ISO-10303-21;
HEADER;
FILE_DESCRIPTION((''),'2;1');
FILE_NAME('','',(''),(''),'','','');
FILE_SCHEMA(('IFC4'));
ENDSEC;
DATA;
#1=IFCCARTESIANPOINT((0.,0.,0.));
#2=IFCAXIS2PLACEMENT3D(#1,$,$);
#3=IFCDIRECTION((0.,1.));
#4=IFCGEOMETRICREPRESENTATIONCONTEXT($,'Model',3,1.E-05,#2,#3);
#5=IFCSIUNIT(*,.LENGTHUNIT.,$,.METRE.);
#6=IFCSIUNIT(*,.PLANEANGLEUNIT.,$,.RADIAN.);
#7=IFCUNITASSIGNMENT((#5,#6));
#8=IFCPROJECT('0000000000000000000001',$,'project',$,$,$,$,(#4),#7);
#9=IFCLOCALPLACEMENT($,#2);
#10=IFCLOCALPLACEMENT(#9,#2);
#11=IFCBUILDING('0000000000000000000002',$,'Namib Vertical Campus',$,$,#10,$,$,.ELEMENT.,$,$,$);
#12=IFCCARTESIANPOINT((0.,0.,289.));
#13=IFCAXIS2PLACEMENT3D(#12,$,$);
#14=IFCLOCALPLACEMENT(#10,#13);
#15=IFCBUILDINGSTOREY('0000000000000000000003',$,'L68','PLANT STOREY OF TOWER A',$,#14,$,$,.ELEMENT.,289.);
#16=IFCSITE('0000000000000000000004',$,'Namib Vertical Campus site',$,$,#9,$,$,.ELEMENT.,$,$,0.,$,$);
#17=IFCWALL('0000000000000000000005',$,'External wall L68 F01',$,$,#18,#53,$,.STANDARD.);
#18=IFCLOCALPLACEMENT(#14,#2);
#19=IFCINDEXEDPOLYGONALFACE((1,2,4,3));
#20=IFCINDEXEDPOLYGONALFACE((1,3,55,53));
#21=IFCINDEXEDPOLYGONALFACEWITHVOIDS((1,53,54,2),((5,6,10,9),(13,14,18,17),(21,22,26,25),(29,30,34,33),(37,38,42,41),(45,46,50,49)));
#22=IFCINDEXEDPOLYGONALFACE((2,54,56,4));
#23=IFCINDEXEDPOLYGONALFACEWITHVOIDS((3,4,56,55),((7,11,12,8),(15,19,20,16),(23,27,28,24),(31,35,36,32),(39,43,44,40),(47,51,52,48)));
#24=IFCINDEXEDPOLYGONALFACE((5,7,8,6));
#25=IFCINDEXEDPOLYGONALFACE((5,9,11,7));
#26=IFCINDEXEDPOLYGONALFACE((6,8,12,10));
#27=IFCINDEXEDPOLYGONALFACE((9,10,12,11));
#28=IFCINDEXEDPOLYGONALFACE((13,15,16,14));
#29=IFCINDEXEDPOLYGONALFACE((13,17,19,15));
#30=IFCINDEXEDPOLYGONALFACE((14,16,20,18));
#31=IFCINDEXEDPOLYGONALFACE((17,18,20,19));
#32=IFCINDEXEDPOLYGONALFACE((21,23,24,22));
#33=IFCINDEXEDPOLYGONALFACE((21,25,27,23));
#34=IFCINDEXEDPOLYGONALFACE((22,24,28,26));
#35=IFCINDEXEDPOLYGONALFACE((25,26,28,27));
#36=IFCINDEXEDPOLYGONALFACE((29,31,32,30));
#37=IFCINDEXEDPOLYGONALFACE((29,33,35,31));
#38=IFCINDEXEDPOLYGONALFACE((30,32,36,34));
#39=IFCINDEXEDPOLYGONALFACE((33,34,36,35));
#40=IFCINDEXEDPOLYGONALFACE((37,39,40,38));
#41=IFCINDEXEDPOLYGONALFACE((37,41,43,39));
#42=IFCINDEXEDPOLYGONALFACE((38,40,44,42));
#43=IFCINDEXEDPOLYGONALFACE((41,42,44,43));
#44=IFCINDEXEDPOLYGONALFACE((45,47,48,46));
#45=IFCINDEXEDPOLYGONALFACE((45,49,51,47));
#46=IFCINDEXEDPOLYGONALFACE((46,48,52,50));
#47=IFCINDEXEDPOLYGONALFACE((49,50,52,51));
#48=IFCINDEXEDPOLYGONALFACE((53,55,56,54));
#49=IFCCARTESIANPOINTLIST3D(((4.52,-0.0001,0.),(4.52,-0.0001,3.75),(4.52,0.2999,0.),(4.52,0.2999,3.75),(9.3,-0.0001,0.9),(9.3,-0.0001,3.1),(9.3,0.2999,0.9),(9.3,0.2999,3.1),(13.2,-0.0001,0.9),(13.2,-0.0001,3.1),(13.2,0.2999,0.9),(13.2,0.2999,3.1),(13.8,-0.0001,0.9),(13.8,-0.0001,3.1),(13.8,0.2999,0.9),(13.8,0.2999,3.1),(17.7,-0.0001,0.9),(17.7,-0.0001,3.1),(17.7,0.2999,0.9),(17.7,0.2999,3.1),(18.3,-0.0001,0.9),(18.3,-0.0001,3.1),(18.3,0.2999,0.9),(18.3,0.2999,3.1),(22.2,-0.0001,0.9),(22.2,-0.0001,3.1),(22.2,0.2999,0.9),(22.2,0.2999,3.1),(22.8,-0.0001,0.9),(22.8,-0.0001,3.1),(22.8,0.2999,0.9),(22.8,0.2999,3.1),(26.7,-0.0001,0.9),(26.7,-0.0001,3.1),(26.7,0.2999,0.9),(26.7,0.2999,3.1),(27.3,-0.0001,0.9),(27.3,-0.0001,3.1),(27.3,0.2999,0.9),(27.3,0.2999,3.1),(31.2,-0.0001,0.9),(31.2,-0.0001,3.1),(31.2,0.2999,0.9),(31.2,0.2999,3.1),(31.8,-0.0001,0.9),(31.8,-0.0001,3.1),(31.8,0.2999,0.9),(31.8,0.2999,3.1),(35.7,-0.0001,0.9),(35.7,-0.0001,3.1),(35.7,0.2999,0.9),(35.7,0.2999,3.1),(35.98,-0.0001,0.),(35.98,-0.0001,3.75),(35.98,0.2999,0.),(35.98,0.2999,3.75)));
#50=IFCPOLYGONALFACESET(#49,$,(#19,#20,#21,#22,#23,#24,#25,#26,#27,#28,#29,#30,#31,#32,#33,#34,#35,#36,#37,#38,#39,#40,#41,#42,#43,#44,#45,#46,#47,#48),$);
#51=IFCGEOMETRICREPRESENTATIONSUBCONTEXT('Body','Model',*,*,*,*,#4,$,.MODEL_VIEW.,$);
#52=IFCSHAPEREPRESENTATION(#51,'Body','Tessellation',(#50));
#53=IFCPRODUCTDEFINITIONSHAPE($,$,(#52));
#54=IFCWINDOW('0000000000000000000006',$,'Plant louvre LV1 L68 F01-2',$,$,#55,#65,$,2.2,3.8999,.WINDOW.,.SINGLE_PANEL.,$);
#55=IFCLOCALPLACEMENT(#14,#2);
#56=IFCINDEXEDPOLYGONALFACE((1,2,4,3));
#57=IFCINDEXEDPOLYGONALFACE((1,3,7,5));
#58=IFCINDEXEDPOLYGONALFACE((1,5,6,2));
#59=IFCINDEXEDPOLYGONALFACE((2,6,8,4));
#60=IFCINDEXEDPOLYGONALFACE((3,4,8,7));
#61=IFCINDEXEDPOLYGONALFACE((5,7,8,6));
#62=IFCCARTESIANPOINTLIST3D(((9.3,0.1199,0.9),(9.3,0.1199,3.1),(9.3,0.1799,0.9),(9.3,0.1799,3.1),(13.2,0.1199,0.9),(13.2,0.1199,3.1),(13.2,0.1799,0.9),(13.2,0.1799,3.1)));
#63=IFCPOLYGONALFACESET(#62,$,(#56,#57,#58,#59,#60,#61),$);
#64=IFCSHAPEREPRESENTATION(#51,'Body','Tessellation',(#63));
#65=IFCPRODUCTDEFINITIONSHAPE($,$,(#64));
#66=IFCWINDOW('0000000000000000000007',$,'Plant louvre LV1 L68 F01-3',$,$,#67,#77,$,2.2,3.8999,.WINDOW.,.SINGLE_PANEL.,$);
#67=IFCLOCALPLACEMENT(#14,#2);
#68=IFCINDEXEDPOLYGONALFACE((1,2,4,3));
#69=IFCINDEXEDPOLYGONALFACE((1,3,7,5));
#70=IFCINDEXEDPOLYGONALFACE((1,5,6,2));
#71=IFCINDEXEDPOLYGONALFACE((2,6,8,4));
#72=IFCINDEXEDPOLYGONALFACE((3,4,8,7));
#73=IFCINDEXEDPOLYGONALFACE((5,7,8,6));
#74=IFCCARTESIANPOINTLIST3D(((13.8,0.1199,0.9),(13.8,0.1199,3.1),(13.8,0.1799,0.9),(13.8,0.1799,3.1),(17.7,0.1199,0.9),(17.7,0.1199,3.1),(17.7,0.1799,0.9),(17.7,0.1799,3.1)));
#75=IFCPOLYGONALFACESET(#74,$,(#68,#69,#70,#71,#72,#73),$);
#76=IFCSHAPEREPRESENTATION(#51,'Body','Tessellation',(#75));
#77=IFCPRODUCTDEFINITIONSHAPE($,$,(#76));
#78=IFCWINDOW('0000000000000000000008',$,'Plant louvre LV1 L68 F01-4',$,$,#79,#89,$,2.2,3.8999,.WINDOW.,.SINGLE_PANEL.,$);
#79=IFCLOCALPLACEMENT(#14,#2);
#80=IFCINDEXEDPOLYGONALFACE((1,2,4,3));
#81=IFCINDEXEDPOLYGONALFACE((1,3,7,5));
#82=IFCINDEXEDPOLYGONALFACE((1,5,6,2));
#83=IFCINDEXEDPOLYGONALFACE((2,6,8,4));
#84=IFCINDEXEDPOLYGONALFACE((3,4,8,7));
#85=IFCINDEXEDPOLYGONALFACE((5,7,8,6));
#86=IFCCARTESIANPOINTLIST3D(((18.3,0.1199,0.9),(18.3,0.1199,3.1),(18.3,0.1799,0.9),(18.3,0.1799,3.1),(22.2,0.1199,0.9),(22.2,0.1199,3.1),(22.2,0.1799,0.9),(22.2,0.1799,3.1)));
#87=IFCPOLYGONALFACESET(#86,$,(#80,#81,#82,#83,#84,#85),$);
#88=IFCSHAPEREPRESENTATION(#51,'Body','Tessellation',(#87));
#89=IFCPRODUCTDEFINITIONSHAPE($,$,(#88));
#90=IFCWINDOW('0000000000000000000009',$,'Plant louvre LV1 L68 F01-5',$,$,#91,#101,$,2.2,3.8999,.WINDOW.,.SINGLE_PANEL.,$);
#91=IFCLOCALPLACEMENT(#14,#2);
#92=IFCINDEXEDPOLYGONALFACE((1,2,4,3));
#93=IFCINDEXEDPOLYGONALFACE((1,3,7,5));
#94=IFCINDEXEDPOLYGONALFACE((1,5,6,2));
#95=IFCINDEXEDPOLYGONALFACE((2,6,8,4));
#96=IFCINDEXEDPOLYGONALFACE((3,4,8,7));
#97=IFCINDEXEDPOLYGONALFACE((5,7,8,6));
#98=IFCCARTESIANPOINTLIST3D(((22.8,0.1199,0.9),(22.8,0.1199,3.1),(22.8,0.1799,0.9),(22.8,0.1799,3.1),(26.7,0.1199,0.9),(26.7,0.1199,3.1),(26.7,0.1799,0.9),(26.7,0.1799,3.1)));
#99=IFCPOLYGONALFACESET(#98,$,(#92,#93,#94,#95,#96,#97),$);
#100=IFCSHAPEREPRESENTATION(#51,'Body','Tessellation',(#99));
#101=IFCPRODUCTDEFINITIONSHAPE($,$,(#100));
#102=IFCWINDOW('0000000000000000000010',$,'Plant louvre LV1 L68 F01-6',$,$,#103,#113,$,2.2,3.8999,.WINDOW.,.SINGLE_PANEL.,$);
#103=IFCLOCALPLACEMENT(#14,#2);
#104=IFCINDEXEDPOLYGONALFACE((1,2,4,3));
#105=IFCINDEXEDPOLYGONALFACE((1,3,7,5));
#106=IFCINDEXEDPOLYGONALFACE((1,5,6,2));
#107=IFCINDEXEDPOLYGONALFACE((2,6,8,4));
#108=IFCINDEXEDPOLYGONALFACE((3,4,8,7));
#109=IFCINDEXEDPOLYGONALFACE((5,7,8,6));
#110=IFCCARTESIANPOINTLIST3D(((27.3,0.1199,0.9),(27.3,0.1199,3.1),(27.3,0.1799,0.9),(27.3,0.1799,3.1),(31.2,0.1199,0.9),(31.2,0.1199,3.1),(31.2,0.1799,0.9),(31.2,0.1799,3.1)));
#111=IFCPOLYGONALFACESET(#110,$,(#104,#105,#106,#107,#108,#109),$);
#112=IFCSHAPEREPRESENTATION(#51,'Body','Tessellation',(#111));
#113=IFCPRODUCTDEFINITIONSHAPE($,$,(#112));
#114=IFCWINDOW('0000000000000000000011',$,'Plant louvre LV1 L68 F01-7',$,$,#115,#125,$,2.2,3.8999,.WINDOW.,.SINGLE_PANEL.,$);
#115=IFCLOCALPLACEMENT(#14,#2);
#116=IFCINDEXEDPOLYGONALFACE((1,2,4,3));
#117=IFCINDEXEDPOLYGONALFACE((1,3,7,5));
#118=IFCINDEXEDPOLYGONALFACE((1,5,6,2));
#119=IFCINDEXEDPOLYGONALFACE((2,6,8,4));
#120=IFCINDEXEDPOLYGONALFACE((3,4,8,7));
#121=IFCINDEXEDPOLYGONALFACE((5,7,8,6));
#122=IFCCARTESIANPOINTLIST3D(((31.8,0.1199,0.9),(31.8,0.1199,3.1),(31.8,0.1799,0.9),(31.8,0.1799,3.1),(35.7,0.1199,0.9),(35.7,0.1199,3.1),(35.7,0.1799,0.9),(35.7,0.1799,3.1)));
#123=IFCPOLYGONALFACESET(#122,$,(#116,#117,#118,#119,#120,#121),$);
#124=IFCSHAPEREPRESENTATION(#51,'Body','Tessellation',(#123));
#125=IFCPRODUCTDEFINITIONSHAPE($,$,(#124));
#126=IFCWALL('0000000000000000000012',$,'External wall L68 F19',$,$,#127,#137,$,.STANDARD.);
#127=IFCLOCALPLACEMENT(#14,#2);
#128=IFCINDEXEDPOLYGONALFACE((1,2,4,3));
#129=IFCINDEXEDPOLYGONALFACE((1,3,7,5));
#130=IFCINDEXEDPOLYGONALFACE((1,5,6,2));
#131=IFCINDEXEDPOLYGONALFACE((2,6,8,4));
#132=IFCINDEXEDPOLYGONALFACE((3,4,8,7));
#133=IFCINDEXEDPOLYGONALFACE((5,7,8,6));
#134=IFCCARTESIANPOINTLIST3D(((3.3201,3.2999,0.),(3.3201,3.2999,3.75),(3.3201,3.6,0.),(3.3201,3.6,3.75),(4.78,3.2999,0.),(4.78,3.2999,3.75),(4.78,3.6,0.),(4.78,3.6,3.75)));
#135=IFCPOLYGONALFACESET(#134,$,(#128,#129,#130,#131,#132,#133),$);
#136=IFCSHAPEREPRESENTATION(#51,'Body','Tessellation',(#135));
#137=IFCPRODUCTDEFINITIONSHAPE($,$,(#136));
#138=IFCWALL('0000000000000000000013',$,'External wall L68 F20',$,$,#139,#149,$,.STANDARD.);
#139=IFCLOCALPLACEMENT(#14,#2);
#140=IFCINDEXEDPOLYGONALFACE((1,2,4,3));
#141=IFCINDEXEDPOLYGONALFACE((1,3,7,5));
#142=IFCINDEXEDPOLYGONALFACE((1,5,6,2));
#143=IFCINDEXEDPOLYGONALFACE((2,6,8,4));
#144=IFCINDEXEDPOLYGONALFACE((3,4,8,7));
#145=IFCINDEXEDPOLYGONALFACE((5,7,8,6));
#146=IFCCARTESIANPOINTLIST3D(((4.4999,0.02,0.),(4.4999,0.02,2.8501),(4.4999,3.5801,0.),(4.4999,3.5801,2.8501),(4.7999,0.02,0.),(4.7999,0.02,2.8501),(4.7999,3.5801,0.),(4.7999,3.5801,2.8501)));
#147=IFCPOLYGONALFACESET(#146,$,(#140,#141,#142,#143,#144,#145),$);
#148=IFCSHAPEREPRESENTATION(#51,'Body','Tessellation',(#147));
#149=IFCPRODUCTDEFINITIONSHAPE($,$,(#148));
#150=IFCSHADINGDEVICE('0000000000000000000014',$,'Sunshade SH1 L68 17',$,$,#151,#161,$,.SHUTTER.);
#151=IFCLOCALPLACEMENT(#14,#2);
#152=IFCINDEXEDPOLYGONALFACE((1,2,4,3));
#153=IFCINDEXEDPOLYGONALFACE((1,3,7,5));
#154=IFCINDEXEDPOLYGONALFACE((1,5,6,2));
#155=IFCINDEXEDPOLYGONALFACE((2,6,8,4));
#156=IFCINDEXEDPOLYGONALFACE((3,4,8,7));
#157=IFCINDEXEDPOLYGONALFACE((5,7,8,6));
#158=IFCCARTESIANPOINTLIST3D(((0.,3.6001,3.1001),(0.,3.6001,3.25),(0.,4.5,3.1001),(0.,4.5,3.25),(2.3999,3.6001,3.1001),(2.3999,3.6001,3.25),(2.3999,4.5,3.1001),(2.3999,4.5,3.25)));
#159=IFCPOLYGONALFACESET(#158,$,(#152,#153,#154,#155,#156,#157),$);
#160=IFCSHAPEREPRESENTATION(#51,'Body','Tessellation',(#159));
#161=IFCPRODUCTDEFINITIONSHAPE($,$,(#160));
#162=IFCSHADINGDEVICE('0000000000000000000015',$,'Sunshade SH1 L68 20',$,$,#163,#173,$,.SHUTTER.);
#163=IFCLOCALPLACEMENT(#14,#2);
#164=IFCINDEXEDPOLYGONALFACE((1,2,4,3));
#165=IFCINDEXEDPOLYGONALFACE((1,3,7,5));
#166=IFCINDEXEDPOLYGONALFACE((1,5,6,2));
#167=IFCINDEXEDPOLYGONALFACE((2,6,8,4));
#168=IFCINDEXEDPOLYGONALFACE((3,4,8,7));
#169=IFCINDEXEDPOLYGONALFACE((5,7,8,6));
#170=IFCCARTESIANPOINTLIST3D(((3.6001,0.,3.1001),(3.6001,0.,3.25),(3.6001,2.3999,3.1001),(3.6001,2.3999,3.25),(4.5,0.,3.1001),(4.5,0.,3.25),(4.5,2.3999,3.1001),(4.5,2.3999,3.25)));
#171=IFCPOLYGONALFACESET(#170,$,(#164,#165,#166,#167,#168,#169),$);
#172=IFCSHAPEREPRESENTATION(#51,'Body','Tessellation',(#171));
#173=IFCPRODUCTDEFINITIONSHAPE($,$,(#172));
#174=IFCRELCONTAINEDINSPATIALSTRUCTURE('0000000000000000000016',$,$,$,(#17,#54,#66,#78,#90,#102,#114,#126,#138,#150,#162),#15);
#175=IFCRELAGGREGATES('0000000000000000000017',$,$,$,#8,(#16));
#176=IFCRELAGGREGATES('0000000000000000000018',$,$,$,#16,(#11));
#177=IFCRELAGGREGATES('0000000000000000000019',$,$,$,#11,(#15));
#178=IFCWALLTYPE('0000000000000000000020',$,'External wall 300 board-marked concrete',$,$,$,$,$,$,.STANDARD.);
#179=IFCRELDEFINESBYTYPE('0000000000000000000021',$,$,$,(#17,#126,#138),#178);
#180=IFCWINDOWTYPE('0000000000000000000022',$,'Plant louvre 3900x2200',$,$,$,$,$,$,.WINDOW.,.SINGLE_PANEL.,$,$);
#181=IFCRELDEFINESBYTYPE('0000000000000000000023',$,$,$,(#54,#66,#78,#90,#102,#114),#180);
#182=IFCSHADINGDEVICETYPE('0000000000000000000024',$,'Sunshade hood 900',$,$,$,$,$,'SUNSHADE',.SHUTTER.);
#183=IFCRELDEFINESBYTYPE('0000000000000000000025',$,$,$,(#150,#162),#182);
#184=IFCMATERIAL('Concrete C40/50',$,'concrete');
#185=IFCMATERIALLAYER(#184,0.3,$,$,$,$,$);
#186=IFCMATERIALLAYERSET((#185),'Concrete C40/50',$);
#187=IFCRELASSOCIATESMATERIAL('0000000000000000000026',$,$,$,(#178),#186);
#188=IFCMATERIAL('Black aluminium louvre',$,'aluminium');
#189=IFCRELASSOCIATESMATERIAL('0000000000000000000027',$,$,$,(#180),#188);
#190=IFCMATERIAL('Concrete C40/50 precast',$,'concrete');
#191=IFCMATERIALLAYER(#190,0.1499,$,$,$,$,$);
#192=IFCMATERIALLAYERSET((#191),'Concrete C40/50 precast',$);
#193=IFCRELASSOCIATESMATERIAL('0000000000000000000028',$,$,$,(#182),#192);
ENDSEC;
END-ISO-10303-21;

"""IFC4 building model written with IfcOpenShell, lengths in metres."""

from ifc_helpers import new_model, si_unit, direction, frame, frame_2d, origin, origin_2d, place, context, subcontext, project, spatial, rectangle, extrude, material, layer, layer_set, type_object, element, fill, save


model = new_model("IFC4")

# Units and contexts
model_context = context("Model", 3, precision=1e-05, world=origin(), true_north=direction((0.0, 1.0)))
body_context = subcontext(model_context, "Body", "Model", "MODEL_VIEW")
ifc_project = project(units=[si_unit("LENGTHUNIT", "METRE"), si_unit("PLANEANGLEUNIT", "RADIAN")], contexts=[model_context])

# Site, building, storey
site_placement = place(None, origin())
site = spatial("IfcSite", under=ifc_project, at=site_placement, Name="Namib Vertical Campus site", CompositionType="ELEMENT", RefElevation=0.0)
building_placement = place(site_placement, origin())
building = spatial("IfcBuilding", under=site, at=building_placement, Name="Namib Vertical Campus", CompositionType="ELEMENT")
storey_placement = place(building_placement, frame((0.0, 0.0, 289.0)))
storey = spatial("IfcBuildingStorey", under=building, at=storey_placement, Name="L68", Description="PLANT STOREY OF TOWER A", CompositionType="ELEMENT", Elevation=289.0)

# Wall, openings, windows
ifc_material_1 = material(Name="Concrete C40/50", Category="concrete")
ifc_layer_1 = layer(ifc_material_1, 0.3)
ifc_layer_set_1 = layer_set([ifc_layer_1], Name="Concrete C40/50")
wall_type = type_object("IfcWallType", Name="External wall 300 board-marked concrete", PredefinedType="STANDARD", material=ifc_layer_set_1)
wall_1_placement = place(storey_placement, frame((4.52, 0.1499, 0.0), z_axis=(0.0, 0.0, 1.0), x_axis=(1.0, 0.0, 0.0)))
wall_1 = element("IfcWall", 1, at=wall_1_placement, inside=storey, type_object=wall_type, Name="External wall L68 F01", PredefinedType="STANDARD", context=body_context, shape_type="SweptSolid", body=[
    extrude(rectangle(XDim=31.46, YDim=0.3, at=frame_2d((15.73, 0.0))), origin(), (0.0, 0.0, 1.0), 3.75),
])
opening_1_placement = place(wall_1_placement, frame((4.78, 0.0, 0.8999)))
opening_1 = element("IfcOpeningElement", 2, at=opening_1_placement, cuts=wall_1, PredefinedType="OPENING", context=body_context, shape_type="SweptSolid", body=[
    extrude(rectangle(XDim=3.8999, YDim=2.2, at=frame_2d((1.95, 1.1001))), frame((0.0, 0.1599, 0.0), z_axis=(0.0, -1.0, 0.0), x_axis=(1.0, 0.0, 0.0)), (0.0, 0.0, 1.0), 0.3201),
])
opening_2_placement = place(wall_1_placement, frame((9.28, 0.0, 0.8999)))
opening_2 = element("IfcOpeningElement", 3, at=opening_2_placement, cuts=wall_1, PredefinedType="OPENING", context=body_context, shape_type="SweptSolid", body=[
    extrude(rectangle(XDim=3.8999, YDim=2.2, at=frame_2d((1.95, 1.1001))), frame((0.0, 0.1599, 0.0), z_axis=(0.0, -1.0, 0.0), x_axis=(1.0, 0.0, 0.0)), (0.0, 0.0, 1.0), 0.3201),
])
opening_3_placement = place(wall_1_placement, frame((13.78, 0.0, 0.8999)))
opening_3 = element("IfcOpeningElement", 4, at=opening_3_placement, cuts=wall_1, PredefinedType="OPENING", context=body_context, shape_type="SweptSolid", body=[
    extrude(rectangle(XDim=3.8999, YDim=2.2, at=frame_2d((1.95, 1.1001))), frame((0.0, 0.1599, 0.0), z_axis=(0.0, -1.0, 0.0), x_axis=(1.0, 0.0, 0.0)), (0.0, 0.0, 1.0), 0.3201),
])
opening_4_placement = place(wall_1_placement, frame((18.28, 0.0, 0.8999)))
opening_4 = element("IfcOpeningElement", 5, at=opening_4_placement, cuts=wall_1, PredefinedType="OPENING", context=body_context, shape_type="SweptSolid", body=[
    extrude(rectangle(XDim=3.8999, YDim=2.2, at=frame_2d((1.95, 1.1001))), frame((0.0, 0.1599, 0.0), z_axis=(0.0, -1.0, 0.0), x_axis=(1.0, 0.0, 0.0)), (0.0, 0.0, 1.0), 0.3201),
])
opening_5_placement = place(wall_1_placement, frame((22.78, 0.0, 0.8999)))
opening_5 = element("IfcOpeningElement", 6, at=opening_5_placement, cuts=wall_1, PredefinedType="OPENING", context=body_context, shape_type="SweptSolid", body=[
    extrude(rectangle(XDim=3.8999, YDim=2.2, at=frame_2d((1.95, 1.1001))), frame((0.0, 0.1599, 0.0), z_axis=(0.0, -1.0, 0.0), x_axis=(1.0, 0.0, 0.0)), (0.0, 0.0, 1.0), 0.3201),
])
opening_6_placement = place(wall_1_placement, frame((27.28, 0.0, 0.8999)))
opening_6 = element("IfcOpeningElement", 7, at=opening_6_placement, cuts=wall_1, PredefinedType="OPENING", context=body_context, shape_type="SweptSolid", body=[
    extrude(rectangle(XDim=3.8999, YDim=2.2, at=frame_2d((1.95, 1.1001))), frame((0.0, 0.1599, 0.0), z_axis=(0.0, -1.0, 0.0), x_axis=(1.0, 0.0, 0.0)), (0.0, 0.0, 1.0), 0.3201),
])
ifc_material_2 = material(Name="Black aluminium louvre", Category="aluminium")
window_type = type_object("IfcWindowType", Name="Plant louvre 3900x2200", PartitioningType="SINGLE_PANEL", PredefinedType="WINDOW", material=ifc_material_2)
window_1_placement = place(opening_1_placement, origin())
window_1 = element("IfcWindow", 8, at=window_1_placement, inside=storey, type_object=window_type, Name="Plant louvre LV1 L68 F01-2", OverallHeight=2.2, OverallWidth=3.8999, PartitioningType="SINGLE_PANEL", PredefinedType="WINDOW", context=body_context, shape_type="SweptSolid", body=[
    extrude(rectangle(XDim=3.8999, YDim=2.2, at=frame_2d((1.95, 1.1001))), frame((0.0, 0.03, 0.0), z_axis=(0.0, -1.0, 0.0), x_axis=(1.0, 0.0, 0.0)), (0.0, 0.0, 1.0), 0.0601),
])
fill(opening_1, window_1)
window_2_placement = place(opening_2_placement, origin())
window_2 = element("IfcWindow", 9, at=window_2_placement, inside=storey, type_object=window_type, Name="Plant louvre LV1 L68 F01-3", OverallHeight=2.2, OverallWidth=3.8999, PartitioningType="SINGLE_PANEL", PredefinedType="WINDOW", context=body_context, shape_type="SweptSolid", body=[
    extrude(rectangle(XDim=3.8999, YDim=2.2, at=frame_2d((1.95, 1.1001))), frame((0.0, 0.03, 0.0), z_axis=(0.0, -1.0, 0.0), x_axis=(1.0, 0.0, 0.0)), (0.0, 0.0, 1.0), 0.0601),
])
fill(opening_2, window_2)
window_3_placement = place(opening_3_placement, origin())
window_3 = element("IfcWindow", 10, at=window_3_placement, inside=storey, type_object=window_type, Name="Plant louvre LV1 L68 F01-4", OverallHeight=2.2, OverallWidth=3.8999, PartitioningType="SINGLE_PANEL", PredefinedType="WINDOW", context=body_context, shape_type="SweptSolid", body=[
    extrude(rectangle(XDim=3.8999, YDim=2.2, at=frame_2d((1.95, 1.1001))), frame((0.0, 0.03, 0.0), z_axis=(0.0, -1.0, 0.0), x_axis=(1.0, 0.0, 0.0)), (0.0, 0.0, 1.0), 0.0601),
])
fill(opening_3, window_3)
window_4_placement = place(opening_4_placement, origin())
window_4 = element("IfcWindow", 11, at=window_4_placement, inside=storey, type_object=window_type, Name="Plant louvre LV1 L68 F01-5", OverallHeight=2.2, OverallWidth=3.8999, PartitioningType="SINGLE_PANEL", PredefinedType="WINDOW", context=body_context, shape_type="SweptSolid", body=[
    extrude(rectangle(XDim=3.8999, YDim=2.2, at=frame_2d((1.95, 1.1001))), frame((0.0, 0.03, 0.0), z_axis=(0.0, -1.0, 0.0), x_axis=(1.0, 0.0, 0.0)), (0.0, 0.0, 1.0), 0.0601),
])
fill(opening_4, window_4)
window_5_placement = place(opening_5_placement, origin())
window_5 = element("IfcWindow", 12, at=window_5_placement, inside=storey, type_object=window_type, Name="Plant louvre LV1 L68 F01-6", OverallHeight=2.2, OverallWidth=3.8999, PartitioningType="SINGLE_PANEL", PredefinedType="WINDOW", context=body_context, shape_type="SweptSolid", body=[
    extrude(rectangle(XDim=3.8999, YDim=2.2, at=frame_2d((1.95, 1.1001))), frame((0.0, 0.03, 0.0), z_axis=(0.0, -1.0, 0.0), x_axis=(1.0, 0.0, 0.0)), (0.0, 0.0, 1.0), 0.0601),
])
fill(opening_5, window_5)
window_6_placement = place(opening_6_placement, origin())
window_6 = element("IfcWindow", 13, at=window_6_placement, inside=storey, type_object=window_type, Name="Plant louvre LV1 L68 F01-7", OverallHeight=2.2, OverallWidth=3.8999, PartitioningType="SINGLE_PANEL", PredefinedType="WINDOW", context=body_context, shape_type="SweptSolid", body=[
    extrude(rectangle(XDim=3.8999, YDim=2.2, at=frame_2d((1.95, 1.1001))), frame((0.0, 0.03, 0.0), z_axis=(0.0, -1.0, 0.0), x_axis=(1.0, 0.0, 0.0)), (0.0, 0.0, 1.0), 0.0601),
])
fill(opening_6, window_6)

# Walls
wall_2_placement = place(storey_placement, frame((3.3201, 3.45, 0.0), z_axis=(0.0, 0.0, 1.0), x_axis=(1.0, 0.0, 0.0)))
element("IfcWall", 14, at=wall_2_placement, inside=storey, type_object=wall_type, Name="External wall L68 F19", PredefinedType="STANDARD", context=body_context, shape_type="SweptSolid", body=[
    extrude(rectangle(XDim=1.46, YDim=0.3, at=frame_2d((0.73, 0.0))), origin(), (0.0, 0.0, 1.0), 3.75),
])
wall_3_placement = place(storey_placement, frame((4.6499, 3.5801, 0.0), z_axis=(0.0, 0.0, 1.0), x_axis=(0.0, -1.0, 0.0)))
element("IfcWall", 15, at=wall_3_placement, inside=storey, type_object=wall_type, Name="External wall L68 F20", PredefinedType="STANDARD", context=body_context, shape_type="SweptSolid", body=[
    extrude(rectangle(XDim=3.5601, YDim=0.3, at=frame_2d((1.78, 0.0))), origin(), (0.0, 0.0, 1.0), 2.8501),
])

# Shading devices
ifc_material_3 = material(Name="Concrete C40/50 precast", Category="concrete")
ifc_layer_2 = layer(ifc_material_3, 0.1499)
ifc_layer_set_2 = layer_set([ifc_layer_2], Name="Concrete C40/50 precast")
shading_device_type = type_object("IfcShadingDeviceType", Name="Sunshade hood 900", ElementType="SUNSHADE", PredefinedType="SHUTTER", material=ifc_layer_set_2)
for number, where, z_axis, x_axis, name in (
    (16, (1.2, 4.05, 3.1001), (0.0, 0.0, 1.0), (1.0, 0.0, 0.0), "Sunshade SH1 L68 17"),
    (17, (4.05, 1.2, 3.1001), (0.0, 0.0, 1.0), (0.0, -1.0, 0.0), "Sunshade SH1 L68 20"),
):
    element("IfcShadingDevice", number, at=place(storey_placement, frame(where, z_axis=z_axis, x_axis=x_axis)), inside=storey, type_object=shading_device_type, Name=name, PredefinedType="SHUTTER", context=body_context, shape_type="SweptSolid", body=[
        extrude(rectangle(XDim=2.3999, YDim=0.8999, at=origin_2d()), origin(), (0.0, 0.0, 1.0), 0.1499),
    ])

save(model, "model.ifc")
